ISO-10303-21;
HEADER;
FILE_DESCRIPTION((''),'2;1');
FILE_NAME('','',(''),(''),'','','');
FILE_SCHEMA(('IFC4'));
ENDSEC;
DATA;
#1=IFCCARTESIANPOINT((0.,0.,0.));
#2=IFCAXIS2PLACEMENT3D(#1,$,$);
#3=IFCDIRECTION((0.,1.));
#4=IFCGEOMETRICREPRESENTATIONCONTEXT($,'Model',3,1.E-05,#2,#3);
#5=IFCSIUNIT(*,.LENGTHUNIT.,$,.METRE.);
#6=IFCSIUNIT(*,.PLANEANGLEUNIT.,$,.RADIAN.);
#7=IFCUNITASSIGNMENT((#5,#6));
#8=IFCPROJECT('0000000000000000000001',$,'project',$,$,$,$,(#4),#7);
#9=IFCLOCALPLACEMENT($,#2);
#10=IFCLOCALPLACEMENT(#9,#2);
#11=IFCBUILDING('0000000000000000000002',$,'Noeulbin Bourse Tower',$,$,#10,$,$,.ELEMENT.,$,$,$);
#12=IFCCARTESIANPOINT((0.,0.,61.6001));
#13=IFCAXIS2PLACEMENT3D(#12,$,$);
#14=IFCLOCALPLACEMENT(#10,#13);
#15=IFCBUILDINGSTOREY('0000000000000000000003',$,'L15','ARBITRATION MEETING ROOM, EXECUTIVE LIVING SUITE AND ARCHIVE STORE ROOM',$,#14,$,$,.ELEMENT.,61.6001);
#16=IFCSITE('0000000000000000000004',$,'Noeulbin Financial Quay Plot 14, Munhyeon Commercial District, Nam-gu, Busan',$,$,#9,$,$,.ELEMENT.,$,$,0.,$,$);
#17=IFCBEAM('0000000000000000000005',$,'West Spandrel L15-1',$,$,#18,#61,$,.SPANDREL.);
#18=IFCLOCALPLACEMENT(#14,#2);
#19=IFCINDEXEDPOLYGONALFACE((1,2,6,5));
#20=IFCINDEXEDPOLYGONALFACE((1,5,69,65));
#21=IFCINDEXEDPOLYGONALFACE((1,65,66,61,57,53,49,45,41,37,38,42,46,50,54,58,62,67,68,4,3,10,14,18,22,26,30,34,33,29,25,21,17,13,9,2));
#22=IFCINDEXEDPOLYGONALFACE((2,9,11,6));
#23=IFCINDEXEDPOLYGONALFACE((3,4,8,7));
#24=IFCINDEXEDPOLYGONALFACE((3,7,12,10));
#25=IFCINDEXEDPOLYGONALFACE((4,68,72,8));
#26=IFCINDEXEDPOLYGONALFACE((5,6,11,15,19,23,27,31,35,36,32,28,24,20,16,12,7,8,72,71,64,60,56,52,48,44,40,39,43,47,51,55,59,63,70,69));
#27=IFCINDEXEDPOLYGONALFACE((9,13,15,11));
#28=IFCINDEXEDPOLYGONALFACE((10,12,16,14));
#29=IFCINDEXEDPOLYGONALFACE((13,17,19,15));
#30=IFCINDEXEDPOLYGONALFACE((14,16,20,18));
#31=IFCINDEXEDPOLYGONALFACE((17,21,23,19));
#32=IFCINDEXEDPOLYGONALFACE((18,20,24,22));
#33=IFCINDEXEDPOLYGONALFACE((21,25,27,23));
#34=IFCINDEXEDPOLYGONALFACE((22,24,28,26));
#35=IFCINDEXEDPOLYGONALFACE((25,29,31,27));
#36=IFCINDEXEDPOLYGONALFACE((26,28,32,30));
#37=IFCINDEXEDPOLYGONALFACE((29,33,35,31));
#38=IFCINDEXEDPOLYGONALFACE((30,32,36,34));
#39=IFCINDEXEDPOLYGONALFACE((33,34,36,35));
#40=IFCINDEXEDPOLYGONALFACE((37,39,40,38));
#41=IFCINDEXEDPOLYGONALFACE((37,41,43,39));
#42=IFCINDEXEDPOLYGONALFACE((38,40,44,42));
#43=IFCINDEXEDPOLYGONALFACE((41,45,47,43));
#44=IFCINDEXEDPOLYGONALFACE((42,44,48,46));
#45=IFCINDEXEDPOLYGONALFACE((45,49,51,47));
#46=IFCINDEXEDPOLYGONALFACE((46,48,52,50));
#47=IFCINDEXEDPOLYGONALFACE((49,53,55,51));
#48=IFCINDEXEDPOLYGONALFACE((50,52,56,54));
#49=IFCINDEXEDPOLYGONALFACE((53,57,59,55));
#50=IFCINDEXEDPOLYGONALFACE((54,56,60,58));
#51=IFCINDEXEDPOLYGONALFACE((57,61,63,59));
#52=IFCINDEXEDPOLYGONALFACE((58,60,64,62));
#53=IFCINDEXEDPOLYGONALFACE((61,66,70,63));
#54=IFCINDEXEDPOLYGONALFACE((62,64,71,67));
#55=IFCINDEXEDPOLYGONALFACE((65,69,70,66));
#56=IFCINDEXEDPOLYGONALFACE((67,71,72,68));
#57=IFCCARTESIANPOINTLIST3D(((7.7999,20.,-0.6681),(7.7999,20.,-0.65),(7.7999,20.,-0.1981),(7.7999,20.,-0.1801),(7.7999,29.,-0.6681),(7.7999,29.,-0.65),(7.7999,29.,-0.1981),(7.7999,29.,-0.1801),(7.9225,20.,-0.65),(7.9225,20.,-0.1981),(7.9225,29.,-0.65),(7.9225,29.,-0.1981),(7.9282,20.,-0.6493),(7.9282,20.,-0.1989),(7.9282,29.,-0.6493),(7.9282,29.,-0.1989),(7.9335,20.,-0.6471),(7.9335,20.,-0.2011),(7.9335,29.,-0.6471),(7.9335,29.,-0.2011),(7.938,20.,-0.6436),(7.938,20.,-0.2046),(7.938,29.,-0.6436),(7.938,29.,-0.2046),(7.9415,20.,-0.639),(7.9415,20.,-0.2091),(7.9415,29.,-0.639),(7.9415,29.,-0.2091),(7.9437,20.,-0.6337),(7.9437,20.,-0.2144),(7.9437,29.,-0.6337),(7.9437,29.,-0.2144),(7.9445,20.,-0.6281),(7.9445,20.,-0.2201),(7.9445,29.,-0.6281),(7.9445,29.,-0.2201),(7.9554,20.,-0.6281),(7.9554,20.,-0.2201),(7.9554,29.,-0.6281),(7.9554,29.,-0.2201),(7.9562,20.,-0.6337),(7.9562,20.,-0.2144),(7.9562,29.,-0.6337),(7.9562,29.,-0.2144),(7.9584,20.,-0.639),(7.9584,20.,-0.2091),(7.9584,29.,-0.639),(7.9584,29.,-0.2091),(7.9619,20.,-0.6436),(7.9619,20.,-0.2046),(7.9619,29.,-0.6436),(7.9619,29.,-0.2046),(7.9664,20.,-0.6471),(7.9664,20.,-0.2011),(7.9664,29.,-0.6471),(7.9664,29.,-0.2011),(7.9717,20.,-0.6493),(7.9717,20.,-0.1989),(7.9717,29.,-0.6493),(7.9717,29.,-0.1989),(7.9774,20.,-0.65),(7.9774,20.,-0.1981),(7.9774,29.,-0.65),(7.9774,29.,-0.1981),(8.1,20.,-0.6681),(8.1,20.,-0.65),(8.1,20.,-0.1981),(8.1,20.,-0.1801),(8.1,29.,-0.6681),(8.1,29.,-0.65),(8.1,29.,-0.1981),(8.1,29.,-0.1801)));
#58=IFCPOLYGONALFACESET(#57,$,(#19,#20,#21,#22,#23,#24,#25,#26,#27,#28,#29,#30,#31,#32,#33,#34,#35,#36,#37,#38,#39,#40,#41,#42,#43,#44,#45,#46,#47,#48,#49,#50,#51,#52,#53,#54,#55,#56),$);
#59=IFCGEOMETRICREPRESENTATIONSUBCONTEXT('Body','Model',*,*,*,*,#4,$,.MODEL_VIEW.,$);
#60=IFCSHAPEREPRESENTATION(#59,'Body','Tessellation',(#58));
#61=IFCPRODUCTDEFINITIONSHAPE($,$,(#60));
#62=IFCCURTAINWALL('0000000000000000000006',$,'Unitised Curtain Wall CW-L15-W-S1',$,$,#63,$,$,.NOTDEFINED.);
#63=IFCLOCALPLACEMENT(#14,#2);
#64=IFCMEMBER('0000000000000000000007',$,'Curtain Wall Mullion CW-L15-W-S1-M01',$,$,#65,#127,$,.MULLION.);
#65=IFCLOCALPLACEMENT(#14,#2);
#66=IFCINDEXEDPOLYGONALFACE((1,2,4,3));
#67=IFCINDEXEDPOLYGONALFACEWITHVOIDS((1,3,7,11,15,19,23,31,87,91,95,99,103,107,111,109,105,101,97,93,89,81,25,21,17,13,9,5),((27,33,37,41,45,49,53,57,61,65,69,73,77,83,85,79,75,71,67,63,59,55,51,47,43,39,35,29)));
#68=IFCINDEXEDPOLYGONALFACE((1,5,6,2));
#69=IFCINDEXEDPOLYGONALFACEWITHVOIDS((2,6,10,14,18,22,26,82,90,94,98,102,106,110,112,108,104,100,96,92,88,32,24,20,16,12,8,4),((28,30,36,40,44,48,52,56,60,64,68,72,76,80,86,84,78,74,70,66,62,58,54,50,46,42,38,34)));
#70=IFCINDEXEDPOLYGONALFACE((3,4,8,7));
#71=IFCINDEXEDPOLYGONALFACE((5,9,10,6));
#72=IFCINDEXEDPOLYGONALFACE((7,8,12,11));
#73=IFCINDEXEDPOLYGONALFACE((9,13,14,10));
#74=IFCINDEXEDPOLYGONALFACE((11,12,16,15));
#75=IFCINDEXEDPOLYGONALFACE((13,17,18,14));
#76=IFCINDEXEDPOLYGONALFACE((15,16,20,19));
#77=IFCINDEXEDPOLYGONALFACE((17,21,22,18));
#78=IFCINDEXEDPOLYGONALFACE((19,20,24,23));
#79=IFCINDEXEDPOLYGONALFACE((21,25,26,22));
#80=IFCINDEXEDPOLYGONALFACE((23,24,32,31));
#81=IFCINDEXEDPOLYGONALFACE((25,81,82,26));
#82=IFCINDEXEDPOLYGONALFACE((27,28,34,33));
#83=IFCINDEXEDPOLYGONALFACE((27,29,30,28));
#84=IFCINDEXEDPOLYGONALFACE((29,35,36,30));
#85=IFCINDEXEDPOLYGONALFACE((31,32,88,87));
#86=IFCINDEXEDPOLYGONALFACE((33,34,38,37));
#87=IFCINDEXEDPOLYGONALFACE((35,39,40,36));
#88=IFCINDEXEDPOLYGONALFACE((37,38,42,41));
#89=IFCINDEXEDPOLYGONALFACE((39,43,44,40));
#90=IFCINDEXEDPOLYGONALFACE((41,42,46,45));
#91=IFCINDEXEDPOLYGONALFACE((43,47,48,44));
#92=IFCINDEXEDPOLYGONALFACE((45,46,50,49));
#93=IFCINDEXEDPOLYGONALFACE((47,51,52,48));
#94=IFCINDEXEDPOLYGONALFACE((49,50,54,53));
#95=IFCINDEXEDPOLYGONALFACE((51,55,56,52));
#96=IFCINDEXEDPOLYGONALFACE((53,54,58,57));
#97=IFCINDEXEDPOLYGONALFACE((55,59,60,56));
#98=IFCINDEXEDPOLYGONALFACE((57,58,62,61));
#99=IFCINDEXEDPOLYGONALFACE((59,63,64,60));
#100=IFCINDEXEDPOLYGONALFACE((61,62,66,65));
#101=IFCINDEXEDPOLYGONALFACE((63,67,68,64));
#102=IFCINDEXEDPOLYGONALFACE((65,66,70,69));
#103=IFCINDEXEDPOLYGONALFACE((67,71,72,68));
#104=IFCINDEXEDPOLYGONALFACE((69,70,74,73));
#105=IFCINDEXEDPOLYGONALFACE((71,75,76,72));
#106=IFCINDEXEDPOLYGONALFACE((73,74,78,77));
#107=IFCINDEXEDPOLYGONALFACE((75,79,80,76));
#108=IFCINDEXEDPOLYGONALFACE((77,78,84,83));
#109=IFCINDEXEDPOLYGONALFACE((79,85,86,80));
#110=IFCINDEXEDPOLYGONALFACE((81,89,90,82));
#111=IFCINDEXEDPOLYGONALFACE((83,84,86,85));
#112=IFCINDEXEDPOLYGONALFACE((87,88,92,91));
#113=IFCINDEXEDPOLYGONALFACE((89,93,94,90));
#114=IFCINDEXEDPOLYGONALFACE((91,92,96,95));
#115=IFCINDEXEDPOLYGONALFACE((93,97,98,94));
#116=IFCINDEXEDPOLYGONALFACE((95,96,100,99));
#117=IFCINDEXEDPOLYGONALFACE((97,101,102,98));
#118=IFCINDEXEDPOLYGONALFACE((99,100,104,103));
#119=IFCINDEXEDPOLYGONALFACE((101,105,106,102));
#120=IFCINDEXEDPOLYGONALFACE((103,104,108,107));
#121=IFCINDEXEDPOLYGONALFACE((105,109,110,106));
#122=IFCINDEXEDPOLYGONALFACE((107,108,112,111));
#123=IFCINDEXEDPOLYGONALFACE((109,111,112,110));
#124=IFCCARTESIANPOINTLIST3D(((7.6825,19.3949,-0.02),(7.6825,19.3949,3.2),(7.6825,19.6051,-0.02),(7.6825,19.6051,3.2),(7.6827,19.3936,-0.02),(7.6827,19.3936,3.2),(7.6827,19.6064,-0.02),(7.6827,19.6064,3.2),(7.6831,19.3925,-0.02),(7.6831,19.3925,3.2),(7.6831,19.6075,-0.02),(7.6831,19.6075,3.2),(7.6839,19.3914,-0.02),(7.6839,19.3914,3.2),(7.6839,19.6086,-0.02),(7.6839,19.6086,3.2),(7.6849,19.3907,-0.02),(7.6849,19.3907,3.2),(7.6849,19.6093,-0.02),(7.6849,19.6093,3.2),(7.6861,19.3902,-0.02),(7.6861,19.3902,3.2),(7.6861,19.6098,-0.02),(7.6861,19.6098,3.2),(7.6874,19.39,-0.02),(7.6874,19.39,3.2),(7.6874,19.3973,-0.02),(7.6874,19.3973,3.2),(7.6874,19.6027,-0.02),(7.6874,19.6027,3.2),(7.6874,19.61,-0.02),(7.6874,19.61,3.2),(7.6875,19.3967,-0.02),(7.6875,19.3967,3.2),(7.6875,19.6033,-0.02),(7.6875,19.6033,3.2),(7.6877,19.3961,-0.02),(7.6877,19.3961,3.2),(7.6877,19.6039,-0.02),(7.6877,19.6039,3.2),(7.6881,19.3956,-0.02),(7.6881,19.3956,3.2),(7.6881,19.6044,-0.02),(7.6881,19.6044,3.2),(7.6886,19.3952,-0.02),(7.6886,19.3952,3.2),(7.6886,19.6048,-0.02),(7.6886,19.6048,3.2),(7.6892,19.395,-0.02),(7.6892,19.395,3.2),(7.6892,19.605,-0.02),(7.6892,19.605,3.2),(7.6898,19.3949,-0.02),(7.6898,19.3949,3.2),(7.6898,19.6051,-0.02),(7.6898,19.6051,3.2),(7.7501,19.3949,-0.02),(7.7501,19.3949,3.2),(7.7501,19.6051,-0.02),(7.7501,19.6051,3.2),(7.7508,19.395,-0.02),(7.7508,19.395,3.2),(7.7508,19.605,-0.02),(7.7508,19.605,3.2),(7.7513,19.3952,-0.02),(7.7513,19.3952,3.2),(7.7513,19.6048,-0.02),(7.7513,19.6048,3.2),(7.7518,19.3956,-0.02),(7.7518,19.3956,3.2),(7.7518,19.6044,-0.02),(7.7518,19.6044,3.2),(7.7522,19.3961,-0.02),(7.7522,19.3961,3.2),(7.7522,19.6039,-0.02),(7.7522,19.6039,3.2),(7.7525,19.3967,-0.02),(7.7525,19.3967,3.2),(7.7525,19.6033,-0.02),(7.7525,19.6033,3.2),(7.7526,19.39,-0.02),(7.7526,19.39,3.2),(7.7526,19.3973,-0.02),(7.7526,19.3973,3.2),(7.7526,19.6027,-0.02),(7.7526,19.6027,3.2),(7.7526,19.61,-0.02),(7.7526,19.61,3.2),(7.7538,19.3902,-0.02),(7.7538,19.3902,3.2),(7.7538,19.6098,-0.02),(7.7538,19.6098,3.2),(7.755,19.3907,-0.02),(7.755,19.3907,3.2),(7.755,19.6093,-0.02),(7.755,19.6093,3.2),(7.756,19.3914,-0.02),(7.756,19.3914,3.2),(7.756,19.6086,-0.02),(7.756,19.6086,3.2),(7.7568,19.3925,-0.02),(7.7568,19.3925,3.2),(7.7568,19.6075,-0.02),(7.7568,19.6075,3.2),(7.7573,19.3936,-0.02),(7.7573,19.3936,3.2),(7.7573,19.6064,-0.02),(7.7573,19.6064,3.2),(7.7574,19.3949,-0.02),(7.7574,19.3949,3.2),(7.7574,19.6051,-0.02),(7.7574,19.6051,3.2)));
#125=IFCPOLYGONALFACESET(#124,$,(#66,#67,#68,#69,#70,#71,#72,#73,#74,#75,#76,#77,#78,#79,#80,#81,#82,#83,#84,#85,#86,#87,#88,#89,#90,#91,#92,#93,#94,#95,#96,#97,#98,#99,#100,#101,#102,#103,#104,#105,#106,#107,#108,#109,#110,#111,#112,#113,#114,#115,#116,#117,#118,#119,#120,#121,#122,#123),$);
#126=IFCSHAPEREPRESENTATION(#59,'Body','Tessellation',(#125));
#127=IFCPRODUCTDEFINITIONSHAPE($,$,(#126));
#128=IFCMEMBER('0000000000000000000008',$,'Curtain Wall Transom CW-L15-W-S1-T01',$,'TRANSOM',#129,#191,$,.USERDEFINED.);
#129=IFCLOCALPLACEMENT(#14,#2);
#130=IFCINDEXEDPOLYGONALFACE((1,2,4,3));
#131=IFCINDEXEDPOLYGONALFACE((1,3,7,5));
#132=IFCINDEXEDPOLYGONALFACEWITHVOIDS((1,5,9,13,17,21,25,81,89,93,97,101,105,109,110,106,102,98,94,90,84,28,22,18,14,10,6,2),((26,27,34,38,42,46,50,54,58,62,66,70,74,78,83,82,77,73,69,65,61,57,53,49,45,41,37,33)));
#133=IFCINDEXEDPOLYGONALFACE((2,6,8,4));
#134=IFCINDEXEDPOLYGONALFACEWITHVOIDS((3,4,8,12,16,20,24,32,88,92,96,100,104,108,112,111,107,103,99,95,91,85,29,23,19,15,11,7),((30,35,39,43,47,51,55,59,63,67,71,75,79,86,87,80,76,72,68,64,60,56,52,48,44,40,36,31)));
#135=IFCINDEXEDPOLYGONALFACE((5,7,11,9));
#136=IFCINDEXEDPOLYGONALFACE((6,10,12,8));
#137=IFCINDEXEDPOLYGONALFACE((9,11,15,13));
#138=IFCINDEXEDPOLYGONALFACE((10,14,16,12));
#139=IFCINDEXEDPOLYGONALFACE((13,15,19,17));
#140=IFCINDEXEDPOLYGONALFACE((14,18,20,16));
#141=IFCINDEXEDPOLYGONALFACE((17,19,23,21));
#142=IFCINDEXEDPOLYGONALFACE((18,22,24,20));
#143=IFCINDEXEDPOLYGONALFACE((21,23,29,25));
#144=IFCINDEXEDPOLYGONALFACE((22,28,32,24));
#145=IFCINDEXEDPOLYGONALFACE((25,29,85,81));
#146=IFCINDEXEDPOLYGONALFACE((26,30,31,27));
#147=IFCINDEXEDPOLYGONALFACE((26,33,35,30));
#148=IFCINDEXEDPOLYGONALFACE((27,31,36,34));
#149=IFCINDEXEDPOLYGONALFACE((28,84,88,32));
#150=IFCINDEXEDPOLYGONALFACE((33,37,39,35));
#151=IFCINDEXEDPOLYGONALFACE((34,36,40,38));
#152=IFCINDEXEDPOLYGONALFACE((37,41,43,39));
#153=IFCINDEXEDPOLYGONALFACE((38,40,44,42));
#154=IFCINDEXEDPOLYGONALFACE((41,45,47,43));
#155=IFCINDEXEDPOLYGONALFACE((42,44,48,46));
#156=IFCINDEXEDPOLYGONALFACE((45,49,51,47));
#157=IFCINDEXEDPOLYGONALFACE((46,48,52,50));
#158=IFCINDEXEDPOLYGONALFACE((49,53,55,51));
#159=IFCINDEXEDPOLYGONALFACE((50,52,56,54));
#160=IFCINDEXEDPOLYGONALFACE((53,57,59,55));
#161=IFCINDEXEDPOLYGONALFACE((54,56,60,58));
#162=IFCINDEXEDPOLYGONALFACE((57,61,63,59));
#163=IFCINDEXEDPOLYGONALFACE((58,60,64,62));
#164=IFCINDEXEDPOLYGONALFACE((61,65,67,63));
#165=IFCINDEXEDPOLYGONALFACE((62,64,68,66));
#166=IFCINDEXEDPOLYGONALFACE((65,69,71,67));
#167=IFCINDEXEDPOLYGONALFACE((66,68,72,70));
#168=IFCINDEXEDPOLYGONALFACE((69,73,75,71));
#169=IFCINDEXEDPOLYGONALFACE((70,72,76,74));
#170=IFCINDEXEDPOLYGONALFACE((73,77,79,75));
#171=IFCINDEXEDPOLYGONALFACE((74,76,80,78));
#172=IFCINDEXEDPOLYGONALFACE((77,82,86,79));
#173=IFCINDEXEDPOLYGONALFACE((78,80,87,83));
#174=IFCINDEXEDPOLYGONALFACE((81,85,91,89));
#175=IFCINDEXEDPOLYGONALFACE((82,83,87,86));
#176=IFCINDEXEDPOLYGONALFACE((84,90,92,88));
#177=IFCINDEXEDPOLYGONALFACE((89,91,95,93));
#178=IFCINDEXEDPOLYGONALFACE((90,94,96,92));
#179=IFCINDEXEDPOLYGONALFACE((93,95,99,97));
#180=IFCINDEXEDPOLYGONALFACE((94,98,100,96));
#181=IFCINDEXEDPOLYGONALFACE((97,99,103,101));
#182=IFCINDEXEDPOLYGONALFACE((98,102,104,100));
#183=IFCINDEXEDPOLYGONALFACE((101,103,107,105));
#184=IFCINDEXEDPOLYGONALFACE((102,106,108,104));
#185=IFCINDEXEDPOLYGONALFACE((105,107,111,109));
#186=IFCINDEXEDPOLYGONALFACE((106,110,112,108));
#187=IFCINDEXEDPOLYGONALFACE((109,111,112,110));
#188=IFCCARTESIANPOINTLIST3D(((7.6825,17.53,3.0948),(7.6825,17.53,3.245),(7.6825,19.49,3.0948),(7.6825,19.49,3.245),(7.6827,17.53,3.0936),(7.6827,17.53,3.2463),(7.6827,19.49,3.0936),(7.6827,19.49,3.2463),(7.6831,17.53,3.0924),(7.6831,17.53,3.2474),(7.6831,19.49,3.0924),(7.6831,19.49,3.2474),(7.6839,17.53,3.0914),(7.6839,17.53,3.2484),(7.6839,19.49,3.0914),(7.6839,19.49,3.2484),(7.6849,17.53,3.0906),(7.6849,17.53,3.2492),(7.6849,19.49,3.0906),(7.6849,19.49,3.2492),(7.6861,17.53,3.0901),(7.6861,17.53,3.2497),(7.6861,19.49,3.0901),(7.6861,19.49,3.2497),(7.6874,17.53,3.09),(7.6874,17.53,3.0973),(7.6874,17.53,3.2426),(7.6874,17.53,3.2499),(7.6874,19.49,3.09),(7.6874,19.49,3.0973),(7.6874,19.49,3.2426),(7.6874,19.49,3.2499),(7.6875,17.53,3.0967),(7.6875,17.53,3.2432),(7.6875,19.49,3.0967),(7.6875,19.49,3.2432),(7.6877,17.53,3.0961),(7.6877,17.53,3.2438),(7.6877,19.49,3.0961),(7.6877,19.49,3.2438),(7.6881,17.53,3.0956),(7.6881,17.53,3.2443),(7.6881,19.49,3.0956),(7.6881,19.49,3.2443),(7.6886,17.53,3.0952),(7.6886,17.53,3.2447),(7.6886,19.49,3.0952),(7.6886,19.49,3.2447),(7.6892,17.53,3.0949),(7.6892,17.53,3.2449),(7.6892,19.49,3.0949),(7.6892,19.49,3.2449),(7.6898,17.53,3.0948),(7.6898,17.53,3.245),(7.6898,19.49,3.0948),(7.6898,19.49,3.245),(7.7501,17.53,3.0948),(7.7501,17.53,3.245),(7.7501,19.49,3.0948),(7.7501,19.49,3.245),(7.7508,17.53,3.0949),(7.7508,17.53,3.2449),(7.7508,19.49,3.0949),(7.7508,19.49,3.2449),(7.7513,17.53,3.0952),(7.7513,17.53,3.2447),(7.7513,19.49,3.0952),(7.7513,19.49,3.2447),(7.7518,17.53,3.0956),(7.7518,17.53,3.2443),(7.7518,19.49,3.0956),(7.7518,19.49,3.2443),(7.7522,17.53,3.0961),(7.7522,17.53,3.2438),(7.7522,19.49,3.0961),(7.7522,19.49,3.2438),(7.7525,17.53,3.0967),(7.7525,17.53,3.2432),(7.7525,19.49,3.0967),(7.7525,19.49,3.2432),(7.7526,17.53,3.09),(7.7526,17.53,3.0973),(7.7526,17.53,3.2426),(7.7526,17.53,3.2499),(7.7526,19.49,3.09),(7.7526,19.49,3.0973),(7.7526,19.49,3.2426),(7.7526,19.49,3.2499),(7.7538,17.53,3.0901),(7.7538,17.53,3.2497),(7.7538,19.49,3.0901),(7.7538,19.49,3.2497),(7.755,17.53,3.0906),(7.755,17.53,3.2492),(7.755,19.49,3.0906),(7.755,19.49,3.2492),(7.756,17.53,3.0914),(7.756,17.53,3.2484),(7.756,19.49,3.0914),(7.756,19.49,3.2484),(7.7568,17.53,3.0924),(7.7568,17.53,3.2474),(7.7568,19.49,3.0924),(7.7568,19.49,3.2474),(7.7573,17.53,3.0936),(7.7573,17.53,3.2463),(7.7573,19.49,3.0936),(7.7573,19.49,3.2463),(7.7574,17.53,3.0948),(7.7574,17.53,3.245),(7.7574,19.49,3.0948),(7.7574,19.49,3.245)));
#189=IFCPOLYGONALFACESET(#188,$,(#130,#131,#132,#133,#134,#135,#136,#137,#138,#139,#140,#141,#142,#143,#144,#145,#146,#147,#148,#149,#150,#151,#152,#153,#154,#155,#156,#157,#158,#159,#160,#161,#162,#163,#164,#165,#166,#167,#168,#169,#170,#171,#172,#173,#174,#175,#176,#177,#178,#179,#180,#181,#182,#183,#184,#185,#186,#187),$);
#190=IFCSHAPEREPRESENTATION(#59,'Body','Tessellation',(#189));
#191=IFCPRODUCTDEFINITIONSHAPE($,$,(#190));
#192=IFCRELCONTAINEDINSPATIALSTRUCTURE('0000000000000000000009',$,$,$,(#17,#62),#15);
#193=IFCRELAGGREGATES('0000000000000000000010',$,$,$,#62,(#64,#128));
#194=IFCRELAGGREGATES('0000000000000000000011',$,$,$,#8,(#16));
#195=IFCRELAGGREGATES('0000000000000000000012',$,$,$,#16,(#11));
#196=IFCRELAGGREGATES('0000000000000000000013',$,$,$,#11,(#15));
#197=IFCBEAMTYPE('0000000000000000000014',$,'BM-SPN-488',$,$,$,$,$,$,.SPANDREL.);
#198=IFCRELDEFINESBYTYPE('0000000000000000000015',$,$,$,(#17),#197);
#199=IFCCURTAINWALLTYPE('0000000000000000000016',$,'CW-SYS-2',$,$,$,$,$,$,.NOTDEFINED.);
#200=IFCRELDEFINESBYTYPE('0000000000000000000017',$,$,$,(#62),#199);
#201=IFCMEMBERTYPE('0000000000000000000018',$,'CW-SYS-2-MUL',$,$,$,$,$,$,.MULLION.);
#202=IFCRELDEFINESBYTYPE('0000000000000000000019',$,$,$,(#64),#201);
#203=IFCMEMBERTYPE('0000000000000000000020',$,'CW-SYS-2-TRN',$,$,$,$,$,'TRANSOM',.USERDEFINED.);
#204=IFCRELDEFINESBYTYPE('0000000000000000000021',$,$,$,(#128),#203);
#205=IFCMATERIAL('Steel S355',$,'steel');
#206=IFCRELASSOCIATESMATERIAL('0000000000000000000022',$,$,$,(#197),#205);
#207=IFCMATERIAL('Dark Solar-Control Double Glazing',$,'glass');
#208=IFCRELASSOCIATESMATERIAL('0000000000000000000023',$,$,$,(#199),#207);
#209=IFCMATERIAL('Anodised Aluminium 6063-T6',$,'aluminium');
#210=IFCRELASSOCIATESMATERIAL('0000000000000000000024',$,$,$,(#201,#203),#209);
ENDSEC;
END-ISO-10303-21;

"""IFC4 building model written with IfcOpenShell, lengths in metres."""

from ifc_helpers import new_model, si_unit, direction, frame, origin, origin_2d, place, context, subcontext, project, spatial, hollow_rectangle, i_section, extrude, material, material_profile, profile_set, type_object, element, aggregate, save


model = new_model("IFC4")

# Units and contexts
model_context = context("Model", 3, precision=1e-05, world=origin(), true_north=direction((0.0, 1.0)))
body_context = subcontext(model_context, "Body", "Model", "MODEL_VIEW")
ifc_project = project(units=[si_unit("LENGTHUNIT", "METRE"), si_unit("PLANEANGLEUNIT", "RADIAN")], contexts=[model_context])

# Site, building, storey
site_placement = place(None, origin())
site = spatial("IfcSite", under=ifc_project, at=site_placement, Name="Noeulbin Financial Quay Plot 14, Munhyeon Commercial District, Nam-gu, Busan", CompositionType="ELEMENT", RefElevation=0.0)
building_placement = place(site_placement, origin())
building = spatial("IfcBuilding", under=site, at=building_placement, Name="Noeulbin Bourse Tower", CompositionType="ELEMENT")
storey_placement = place(building_placement, frame((0.0, 0.0, 61.6001)))
storey = spatial("IfcBuildingStorey", under=building, at=storey_placement, Name="L15", Description="ARBITRATION MEETING ROOM, EXECUTIVE LIVING SUITE AND ARCHIVE STORE ROOM", CompositionType="ELEMENT", Elevation=61.6001)

# Beam
ifc_material_1 = material(Name="Steel S355", Category="steel")
ifc_material_profile_1 = material_profile(ifc_material_1, i_section(OverallWidth=0.3, OverallDepth=0.488, WebThickness=0.011, FlangeThickness=0.0181, FilletRadius=0.022, at=origin_2d()), Name="H-488x300x11x18", Category="LoadBearing")
ifc_profile_set_1 = profile_set([ifc_material_profile_1], Name="Steel S355")
beam_type_1 = type_object("IfcBeamType", Name="BM-SPN-488", PredefinedType="SPANDREL", material=ifc_profile_set_1)
beam_1_placement = place(storey_placement, frame((7.95, 20.0, -0.4241), z_axis=(0.0, 1.0, 0.0), x_axis=(-1.0, 0.0, 0.0)))
element("IfcBeam", 1, at=beam_1_placement, inside=storey, type_object=beam_type_1, Name="West Spandrel L15-1", PredefinedType="SPANDREL", context=body_context, shape_type="SweptSolid", body=[
    extrude(i_section(OverallWidth=0.3, OverallDepth=0.488, WebThickness=0.011, FlangeThickness=0.0181, FilletRadius=0.022, at=origin_2d()), origin(), (0.0, 0.0, 1.0), 9.0),
])

# Curtain wall, members
ifc_material_2 = material(Name="Dark Solar-Control Double Glazing", Category="glass")
curtain_wall_type = type_object("IfcCurtainWallType", Name="CW-SYS-2", PredefinedType="NOTDEFINED", material=ifc_material_2)
curtain_wall_placement = place(storey_placement, origin())
curtain_wall = element("IfcCurtainWall", 2, at=curtain_wall_placement, inside=storey, type_object=curtain_wall_type, Name="Unitised Curtain Wall CW-L15-W-S1", PredefinedType="NOTDEFINED")
ifc_material_3 = material(Name="Anodised Aluminium 6063-T6", Category="aluminium")
ifc_material_profile_2 = material_profile(ifc_material_3, hollow_rectangle(XDim=0.075, YDim=0.22, WallThickness=0.0049, InnerFilletRadius=0.0024, OuterFilletRadius=0.0049, at=origin_2d()), Name="ALU-MULL-75x220x5", Category="LoadBearing")
ifc_profile_set_2 = profile_set([ifc_material_profile_2], Name="Anodised Aluminium 6063-T6")
member_type_1 = type_object("IfcMemberType", Name="CW-SYS-2-MUL", PredefinedType="MULLION", material=ifc_profile_set_2)
member_1_placement = place(storey_placement, frame((7.72, 19.5, -0.02), z_axis=(0.0, 0.0, 1.0), x_axis=(1.0, 0.0, 0.0)))
member_1 = element("IfcMember", 3, at=member_1_placement, type_object=member_type_1, Name="Curtain Wall Mullion CW-L15-W-S1-M01", PredefinedType="MULLION", context=body_context, shape_type="SweptSolid", body=[
    extrude(hollow_rectangle(XDim=0.075, YDim=0.22, WallThickness=0.0049, InnerFilletRadius=0.0024, OuterFilletRadius=0.0049, at=origin_2d()), origin(), (0.0, 0.0, 1.0), 3.22),
])
ifc_material_profile_3 = material_profile(ifc_material_3, hollow_rectangle(XDim=0.075, YDim=0.1599, WallThickness=0.0049, InnerFilletRadius=0.0024, OuterFilletRadius=0.0049, at=origin_2d()), Name="ALU-TRAN-75x160x5", Category="LoadBearing")
ifc_profile_set_3 = profile_set([ifc_material_profile_3], Name="Anodised Aluminium 6063-T6")
member_type_2 = type_object("IfcMemberType", Name="CW-SYS-2-TRN", ElementType="TRANSOM", PredefinedType="USERDEFINED", material=ifc_profile_set_3)
member_2_placement = place(storey_placement, frame((7.72, 17.53, 3.1699), z_axis=(0.0, 1.0, 0.0), x_axis=(-1.0, 0.0, 0.0)))
member_2 = element("IfcMember", 4, at=member_2_placement, type_object=member_type_2, Name="Curtain Wall Transom CW-L15-W-S1-T01", ObjectType="TRANSOM", PredefinedType="USERDEFINED", context=body_context, shape_type="SweptSolid", body=[
    extrude(hollow_rectangle(XDim=0.075, YDim=0.1599, WallThickness=0.0049, InnerFilletRadius=0.0024, OuterFilletRadius=0.0049, at=origin_2d()), origin(), (0.0, 0.0, 1.0), 1.96),
])
aggregate(curtain_wall, [member_1, member_2])

save(model, "model.ifc")
